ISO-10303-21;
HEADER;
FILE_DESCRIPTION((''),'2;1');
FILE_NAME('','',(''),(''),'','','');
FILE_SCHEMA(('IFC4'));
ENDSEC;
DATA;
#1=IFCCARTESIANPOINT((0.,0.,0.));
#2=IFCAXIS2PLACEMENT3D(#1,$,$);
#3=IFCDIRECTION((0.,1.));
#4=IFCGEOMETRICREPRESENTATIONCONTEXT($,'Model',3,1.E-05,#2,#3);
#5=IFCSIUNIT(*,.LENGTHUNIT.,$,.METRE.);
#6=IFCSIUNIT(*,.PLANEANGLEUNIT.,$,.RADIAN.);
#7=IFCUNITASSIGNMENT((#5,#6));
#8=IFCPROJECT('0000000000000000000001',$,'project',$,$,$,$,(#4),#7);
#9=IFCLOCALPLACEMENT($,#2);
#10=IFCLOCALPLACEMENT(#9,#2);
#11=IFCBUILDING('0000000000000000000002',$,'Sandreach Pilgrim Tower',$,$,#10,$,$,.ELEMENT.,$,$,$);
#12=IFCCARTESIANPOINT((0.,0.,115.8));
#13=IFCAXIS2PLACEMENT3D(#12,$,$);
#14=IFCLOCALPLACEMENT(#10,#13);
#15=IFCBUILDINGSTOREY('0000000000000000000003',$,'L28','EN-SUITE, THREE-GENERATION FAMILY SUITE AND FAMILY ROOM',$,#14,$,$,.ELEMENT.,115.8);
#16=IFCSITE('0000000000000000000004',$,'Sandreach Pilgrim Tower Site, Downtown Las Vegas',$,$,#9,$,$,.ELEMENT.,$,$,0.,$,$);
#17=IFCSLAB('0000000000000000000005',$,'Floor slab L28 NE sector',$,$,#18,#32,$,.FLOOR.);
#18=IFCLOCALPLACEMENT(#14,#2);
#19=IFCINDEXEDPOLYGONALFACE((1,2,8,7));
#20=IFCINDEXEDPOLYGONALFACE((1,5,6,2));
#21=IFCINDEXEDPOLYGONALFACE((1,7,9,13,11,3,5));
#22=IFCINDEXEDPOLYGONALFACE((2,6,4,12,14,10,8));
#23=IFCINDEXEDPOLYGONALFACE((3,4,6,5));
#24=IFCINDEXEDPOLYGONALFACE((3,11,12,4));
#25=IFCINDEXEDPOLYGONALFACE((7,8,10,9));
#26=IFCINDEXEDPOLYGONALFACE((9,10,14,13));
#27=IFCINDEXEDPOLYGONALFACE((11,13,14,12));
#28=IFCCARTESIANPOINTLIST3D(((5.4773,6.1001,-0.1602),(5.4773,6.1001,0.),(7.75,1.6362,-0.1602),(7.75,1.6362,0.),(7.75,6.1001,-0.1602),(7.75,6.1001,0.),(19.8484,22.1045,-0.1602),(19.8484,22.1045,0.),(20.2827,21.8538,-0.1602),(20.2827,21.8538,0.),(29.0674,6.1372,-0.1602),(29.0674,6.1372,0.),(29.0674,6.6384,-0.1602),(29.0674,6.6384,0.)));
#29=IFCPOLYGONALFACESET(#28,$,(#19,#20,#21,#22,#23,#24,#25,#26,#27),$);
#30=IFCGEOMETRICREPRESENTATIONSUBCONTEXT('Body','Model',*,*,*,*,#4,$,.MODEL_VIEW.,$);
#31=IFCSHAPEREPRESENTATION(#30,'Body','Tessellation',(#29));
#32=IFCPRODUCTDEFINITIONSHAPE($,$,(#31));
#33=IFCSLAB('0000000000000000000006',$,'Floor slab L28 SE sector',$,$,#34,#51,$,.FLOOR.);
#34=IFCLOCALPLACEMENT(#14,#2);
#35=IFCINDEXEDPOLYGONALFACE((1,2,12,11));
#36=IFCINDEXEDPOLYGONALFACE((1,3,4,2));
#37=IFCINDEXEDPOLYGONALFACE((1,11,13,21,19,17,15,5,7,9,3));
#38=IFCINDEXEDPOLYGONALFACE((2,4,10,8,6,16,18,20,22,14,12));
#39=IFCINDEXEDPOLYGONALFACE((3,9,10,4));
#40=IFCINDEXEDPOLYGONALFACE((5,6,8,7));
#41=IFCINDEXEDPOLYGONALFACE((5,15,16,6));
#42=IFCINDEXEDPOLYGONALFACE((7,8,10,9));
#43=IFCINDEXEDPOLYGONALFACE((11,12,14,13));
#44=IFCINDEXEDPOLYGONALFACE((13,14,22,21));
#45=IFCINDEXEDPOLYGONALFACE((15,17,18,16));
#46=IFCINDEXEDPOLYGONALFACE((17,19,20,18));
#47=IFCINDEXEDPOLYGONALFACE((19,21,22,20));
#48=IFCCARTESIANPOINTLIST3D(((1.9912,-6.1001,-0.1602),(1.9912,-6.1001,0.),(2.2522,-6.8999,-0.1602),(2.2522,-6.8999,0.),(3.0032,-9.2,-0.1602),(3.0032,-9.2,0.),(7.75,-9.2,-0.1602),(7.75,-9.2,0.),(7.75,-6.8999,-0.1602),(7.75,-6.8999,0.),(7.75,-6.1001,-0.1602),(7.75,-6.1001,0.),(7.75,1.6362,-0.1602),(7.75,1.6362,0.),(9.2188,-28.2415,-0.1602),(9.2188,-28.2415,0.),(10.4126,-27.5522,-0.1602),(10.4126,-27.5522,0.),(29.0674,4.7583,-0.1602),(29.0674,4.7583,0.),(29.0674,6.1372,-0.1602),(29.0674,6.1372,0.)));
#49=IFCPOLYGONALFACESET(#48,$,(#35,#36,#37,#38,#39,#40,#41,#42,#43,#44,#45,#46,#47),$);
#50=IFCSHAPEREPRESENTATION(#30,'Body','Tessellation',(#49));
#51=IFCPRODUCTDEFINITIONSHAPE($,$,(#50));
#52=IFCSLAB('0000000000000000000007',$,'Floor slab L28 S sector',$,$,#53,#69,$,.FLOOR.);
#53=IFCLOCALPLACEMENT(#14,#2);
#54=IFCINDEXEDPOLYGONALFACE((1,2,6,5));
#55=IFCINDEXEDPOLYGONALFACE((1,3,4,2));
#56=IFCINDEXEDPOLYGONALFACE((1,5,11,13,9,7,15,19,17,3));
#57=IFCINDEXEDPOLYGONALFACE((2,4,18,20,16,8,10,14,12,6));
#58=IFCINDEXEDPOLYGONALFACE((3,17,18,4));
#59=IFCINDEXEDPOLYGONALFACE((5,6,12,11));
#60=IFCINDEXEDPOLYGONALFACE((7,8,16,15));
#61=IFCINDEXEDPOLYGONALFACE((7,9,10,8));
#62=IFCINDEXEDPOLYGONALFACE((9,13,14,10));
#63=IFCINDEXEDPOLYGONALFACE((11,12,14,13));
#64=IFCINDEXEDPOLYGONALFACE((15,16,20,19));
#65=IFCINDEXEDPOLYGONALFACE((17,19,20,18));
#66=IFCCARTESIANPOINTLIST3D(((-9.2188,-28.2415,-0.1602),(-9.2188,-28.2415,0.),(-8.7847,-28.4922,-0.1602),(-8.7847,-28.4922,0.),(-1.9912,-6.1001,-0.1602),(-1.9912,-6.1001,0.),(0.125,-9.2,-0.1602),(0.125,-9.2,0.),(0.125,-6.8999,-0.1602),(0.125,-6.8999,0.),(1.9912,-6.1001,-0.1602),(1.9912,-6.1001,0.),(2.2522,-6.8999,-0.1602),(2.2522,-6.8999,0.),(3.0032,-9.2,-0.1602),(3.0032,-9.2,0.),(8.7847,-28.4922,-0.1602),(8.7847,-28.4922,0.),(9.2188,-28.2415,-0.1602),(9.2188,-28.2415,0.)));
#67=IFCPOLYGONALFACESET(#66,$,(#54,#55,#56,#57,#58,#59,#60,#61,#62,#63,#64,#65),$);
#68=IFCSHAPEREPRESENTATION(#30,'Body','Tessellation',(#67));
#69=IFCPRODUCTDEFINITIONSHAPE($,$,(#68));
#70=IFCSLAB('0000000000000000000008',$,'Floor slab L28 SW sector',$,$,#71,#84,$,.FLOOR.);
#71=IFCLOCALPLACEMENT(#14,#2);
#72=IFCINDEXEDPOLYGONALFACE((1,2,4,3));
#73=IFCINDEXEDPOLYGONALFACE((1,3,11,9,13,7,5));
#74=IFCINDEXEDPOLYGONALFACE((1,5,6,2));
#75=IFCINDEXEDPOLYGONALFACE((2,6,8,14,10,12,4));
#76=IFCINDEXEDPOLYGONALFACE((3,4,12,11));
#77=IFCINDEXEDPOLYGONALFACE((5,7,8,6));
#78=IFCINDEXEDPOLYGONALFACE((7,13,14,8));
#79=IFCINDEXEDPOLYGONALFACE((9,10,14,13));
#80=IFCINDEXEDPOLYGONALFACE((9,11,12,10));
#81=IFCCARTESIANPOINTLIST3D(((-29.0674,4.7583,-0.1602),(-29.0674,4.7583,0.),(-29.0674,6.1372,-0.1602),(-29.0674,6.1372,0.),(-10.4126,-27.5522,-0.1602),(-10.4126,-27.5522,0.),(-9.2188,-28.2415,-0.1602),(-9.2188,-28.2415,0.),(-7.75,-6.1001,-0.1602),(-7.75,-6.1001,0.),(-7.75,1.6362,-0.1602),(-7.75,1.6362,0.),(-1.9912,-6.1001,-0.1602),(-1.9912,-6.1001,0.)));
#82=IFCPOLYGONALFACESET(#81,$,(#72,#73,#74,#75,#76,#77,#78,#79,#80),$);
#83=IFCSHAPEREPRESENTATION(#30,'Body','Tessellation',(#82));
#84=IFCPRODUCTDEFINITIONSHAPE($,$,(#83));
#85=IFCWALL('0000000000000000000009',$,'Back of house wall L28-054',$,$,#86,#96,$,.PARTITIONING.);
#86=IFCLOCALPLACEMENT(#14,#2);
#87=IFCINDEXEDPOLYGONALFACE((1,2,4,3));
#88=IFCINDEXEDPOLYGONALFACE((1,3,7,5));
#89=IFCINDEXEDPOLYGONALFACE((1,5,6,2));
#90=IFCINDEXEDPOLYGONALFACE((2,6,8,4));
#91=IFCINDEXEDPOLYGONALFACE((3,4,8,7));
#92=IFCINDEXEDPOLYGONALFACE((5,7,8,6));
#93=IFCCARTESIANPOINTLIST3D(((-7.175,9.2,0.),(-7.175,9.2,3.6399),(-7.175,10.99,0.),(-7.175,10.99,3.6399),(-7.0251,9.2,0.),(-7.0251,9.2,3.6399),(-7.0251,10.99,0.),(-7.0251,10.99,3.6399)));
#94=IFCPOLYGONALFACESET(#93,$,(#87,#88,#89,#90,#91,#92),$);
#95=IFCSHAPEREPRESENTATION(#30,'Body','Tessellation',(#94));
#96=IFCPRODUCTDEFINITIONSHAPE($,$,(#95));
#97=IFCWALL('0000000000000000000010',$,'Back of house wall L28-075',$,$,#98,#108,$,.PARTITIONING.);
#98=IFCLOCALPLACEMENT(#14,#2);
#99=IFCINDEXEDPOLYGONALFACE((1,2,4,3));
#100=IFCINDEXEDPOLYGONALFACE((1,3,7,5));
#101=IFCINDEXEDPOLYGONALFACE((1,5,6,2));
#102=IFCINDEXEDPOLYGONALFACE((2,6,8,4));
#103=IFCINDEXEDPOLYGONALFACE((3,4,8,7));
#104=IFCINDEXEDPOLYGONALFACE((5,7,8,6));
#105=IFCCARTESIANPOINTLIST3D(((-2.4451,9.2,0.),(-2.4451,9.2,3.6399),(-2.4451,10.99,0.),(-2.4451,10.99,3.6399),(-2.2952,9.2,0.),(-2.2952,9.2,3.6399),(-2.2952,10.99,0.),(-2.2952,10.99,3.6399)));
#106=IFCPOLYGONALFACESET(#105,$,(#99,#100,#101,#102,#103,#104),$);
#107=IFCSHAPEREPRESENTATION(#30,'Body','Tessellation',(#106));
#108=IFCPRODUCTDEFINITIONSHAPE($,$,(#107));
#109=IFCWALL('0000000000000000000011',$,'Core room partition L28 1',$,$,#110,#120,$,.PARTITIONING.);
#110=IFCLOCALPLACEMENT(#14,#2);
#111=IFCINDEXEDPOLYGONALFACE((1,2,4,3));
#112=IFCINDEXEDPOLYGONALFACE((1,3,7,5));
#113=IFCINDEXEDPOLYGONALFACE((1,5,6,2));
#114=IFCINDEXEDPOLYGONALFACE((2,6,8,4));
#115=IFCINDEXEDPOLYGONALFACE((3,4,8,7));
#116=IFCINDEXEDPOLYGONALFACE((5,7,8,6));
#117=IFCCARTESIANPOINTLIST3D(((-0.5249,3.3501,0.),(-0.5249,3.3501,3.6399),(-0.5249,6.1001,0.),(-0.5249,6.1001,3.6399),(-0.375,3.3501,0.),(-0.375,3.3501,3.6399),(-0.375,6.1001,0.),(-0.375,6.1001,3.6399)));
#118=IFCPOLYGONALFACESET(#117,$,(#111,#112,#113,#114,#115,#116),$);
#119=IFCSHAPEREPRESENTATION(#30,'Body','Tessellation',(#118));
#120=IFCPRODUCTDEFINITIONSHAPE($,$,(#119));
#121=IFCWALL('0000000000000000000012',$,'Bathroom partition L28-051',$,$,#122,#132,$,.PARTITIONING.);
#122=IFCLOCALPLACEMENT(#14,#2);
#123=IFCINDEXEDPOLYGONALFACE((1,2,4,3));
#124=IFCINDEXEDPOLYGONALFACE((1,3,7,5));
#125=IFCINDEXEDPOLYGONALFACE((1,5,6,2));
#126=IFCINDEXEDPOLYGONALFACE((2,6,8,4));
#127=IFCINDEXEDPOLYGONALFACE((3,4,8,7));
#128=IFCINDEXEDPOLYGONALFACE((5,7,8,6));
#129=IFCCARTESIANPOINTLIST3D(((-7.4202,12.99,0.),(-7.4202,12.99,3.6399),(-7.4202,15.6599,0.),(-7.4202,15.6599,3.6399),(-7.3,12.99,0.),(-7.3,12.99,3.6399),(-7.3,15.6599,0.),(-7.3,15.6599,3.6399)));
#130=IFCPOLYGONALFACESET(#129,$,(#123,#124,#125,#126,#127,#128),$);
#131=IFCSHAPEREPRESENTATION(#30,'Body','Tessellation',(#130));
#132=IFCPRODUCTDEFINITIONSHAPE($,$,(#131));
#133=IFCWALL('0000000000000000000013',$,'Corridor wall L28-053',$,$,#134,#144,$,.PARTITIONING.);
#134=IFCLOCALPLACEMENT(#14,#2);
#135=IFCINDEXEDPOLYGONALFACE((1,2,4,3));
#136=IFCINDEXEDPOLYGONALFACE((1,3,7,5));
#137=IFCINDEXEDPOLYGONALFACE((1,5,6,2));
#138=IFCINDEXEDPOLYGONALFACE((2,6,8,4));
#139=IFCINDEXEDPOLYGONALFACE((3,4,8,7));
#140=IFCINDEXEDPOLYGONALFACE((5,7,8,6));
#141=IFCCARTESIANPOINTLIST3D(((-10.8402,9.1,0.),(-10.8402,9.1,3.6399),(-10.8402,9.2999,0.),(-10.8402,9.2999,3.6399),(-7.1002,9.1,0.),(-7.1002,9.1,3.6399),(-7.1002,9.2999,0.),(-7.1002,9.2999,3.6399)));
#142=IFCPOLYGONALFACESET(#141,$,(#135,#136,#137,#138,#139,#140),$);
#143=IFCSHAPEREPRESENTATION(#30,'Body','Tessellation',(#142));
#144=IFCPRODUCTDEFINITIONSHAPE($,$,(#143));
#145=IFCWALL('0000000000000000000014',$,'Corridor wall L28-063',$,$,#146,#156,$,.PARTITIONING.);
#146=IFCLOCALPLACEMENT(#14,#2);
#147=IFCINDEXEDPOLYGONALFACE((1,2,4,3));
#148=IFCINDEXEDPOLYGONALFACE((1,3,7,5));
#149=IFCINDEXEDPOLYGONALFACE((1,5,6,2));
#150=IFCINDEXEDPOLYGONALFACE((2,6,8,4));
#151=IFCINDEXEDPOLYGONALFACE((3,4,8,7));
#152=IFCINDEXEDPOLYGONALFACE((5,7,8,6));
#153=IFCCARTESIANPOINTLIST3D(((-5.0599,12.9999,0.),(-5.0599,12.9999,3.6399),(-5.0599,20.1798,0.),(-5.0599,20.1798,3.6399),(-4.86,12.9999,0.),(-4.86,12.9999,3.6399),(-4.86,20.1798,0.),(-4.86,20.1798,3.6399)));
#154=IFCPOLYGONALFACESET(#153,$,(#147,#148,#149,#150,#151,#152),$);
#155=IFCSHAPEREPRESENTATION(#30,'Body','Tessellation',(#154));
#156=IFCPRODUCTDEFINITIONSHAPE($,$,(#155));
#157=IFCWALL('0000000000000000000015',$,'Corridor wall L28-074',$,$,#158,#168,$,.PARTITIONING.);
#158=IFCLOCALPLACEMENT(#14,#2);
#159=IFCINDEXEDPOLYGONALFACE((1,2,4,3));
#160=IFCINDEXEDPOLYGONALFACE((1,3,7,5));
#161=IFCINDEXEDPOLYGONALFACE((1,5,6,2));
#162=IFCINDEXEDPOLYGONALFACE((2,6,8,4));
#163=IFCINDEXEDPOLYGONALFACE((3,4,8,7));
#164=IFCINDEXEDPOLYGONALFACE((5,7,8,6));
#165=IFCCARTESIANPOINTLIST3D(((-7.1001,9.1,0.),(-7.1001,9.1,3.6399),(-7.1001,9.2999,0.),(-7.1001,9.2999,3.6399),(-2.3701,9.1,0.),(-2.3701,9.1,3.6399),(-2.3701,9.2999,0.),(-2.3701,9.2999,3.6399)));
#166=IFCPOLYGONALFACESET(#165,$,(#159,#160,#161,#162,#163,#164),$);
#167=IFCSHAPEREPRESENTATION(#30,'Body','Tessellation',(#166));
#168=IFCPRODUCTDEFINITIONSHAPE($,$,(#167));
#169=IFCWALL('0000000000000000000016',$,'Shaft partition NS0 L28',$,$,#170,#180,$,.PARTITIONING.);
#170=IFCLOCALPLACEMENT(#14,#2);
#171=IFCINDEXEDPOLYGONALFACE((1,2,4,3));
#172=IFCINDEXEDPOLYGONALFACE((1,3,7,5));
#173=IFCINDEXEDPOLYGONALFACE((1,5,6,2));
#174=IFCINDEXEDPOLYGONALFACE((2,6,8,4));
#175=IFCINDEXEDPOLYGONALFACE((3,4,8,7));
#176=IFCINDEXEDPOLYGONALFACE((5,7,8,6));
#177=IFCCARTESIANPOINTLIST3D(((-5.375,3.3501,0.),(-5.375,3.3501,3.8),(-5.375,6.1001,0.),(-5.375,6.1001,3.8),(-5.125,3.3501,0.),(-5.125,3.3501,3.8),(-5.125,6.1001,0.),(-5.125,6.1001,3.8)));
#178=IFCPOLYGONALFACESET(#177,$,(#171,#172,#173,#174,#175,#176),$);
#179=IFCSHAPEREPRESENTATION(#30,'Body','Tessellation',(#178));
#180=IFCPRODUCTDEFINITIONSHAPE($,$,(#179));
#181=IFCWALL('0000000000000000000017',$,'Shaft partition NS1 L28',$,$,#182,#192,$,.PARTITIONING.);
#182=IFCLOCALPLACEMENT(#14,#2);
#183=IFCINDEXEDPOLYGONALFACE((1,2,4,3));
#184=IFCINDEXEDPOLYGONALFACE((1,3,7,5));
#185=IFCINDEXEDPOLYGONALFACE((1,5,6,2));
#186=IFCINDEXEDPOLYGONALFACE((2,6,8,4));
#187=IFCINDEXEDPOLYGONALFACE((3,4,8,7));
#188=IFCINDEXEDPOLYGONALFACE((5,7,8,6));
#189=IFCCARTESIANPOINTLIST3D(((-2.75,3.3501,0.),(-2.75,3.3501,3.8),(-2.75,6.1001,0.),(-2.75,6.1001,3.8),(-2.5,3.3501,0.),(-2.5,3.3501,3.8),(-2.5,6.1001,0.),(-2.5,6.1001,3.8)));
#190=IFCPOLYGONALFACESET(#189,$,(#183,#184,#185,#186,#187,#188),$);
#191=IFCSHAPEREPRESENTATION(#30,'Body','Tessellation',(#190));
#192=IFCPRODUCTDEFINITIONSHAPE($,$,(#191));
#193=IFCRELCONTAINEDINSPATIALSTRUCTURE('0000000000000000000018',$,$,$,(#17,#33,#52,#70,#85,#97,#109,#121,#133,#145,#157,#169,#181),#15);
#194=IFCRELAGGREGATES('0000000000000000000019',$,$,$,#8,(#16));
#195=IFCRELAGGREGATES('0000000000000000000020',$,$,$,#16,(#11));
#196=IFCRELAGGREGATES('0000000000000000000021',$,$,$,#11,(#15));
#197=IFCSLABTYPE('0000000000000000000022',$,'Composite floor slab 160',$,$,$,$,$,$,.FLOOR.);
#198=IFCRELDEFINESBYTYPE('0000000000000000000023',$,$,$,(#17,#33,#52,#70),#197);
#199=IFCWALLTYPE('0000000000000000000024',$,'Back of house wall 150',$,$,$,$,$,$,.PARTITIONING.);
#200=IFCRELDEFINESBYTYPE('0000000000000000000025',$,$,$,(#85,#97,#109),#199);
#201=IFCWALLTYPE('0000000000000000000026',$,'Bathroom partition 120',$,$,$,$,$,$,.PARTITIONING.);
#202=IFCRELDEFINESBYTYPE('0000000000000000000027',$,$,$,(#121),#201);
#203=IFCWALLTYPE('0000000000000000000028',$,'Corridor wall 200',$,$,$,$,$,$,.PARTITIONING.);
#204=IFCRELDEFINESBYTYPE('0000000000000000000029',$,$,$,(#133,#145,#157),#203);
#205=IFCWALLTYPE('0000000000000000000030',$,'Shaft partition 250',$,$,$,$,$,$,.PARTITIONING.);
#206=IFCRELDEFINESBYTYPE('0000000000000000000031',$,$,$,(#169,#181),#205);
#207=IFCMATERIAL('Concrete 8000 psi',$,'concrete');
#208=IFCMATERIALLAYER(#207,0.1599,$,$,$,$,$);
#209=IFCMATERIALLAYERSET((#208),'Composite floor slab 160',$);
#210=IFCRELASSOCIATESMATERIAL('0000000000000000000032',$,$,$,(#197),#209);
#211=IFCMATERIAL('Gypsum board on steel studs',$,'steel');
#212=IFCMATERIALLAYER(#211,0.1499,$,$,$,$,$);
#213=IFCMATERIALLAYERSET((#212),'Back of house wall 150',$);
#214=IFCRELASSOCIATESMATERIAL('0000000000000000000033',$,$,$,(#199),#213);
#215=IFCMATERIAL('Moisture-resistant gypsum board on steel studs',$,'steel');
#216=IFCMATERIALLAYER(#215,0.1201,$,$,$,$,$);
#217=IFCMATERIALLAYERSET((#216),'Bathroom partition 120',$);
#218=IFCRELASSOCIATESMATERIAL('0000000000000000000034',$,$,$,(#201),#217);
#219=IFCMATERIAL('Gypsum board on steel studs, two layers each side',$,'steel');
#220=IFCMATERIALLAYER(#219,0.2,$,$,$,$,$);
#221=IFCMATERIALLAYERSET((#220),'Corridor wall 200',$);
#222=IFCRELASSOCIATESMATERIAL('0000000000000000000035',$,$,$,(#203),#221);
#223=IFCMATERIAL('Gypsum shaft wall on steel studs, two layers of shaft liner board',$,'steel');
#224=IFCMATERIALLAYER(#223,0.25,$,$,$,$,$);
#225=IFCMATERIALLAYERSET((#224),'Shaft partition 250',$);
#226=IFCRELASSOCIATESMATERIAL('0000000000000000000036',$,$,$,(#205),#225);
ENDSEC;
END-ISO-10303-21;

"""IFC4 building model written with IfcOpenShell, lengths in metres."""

from ifc_helpers import new_model, si_unit, direction, frame, frame_2d, origin, place, context, subcontext, project, spatial, polyline, rectangle, outline, extrude, material, layer, layer_set, type_object, element, save


model = new_model("IFC4")

# Units and contexts
model_context = context("Model", 3, precision=1e-05, world=origin(), true_north=direction((0.0, 1.0)))
body_context = subcontext(model_context, "Body", "Model", "MODEL_VIEW")
ifc_project = project(units=[si_unit("LENGTHUNIT", "METRE"), si_unit("PLANEANGLEUNIT", "RADIAN")], contexts=[model_context])

# Site, building, storey
site_placement = place(None, origin())
site = spatial("IfcSite", under=ifc_project, at=site_placement, Name="Sandreach Pilgrim Tower Site, Downtown Las Vegas", CompositionType="ELEMENT", RefElevation=0.0)
building_placement = place(site_placement, origin())
building = spatial("IfcBuilding", under=site, at=building_placement, Name="Sandreach Pilgrim Tower", CompositionType="ELEMENT")
storey_placement = place(building_placement, frame((0.0, 0.0, 115.8)))
storey = spatial("IfcBuildingStorey", under=building, at=storey_placement, Name="L28", Description="EN-SUITE, THREE-GENERATION FAMILY SUITE AND FAMILY ROOM", CompositionType="ELEMENT", Elevation=115.8)

# Slabs
ifc_material_1 = material(Name="Concrete 8000 psi", Category="concrete")
ifc_layer_1 = layer(ifc_material_1, 0.1599)
ifc_layer_set_1 = layer_set([ifc_layer_1], Name="Composite floor slab 160")
slab_type = type_object("IfcSlabType", Name="Composite floor slab 160", PredefinedType="FLOOR", material=ifc_layer_set_1)
slab_1_placement = place(storey_placement, frame((0.0, 0.0, -0.1602)))
element("IfcSlab", 1, at=slab_1_placement, inside=storey, type_object=slab_type, Name="Floor slab L28 NE sector", PredefinedType="FLOOR", context=body_context, shape_type="SweptSolid", body=[
    extrude(outline(polyline([(20.2827, 21.8538), (29.0674, 6.6384), (29.0674, 6.1372), (7.75, 1.6362), (7.75, 6.1001), (5.4773, 6.1001), (19.8484, 22.1045), (20.2827, 21.8538)])), origin(), (0.0, 0.0, 1.0), 0.1602),
])
slab_2_placement = place(storey_placement, frame((0.0, 0.0, -0.1602)))
element("IfcSlab", 2, at=slab_2_placement, inside=storey, type_object=slab_type, Name="Floor slab L28 SE sector", PredefinedType="FLOOR", context=body_context, shape_type="SweptSolid", body=[
    extrude(outline(polyline([(29.0674, 4.7583), (10.4126, -27.5522), (9.2188, -28.2415), (3.0032, -9.2), (7.75, -9.2), (7.75, -6.8999), (2.2522, -6.8999), (1.9912, -6.1001), (7.75, -6.1001), (7.75, 1.6362), (29.0674, 6.1372), (29.0674, 4.7583)])), origin(), (0.0, 0.0, 1.0), 0.1602),
])
slab_3_placement = place(storey_placement, frame((0.0, 0.0, -0.1602)))
element("IfcSlab", 3, at=slab_3_placement, inside=storey, type_object=slab_type, Name="Floor slab L28 S sector", PredefinedType="FLOOR", context=body_context, shape_type="SweptSolid", body=[
    extrude(outline(polyline([(8.7847, -28.4922), (-8.7847, -28.4922), (-9.2188, -28.2415), (-1.9912, -6.1001), (1.9912, -6.1001), (2.2522, -6.8999), (0.125, -6.8999), (0.125, -9.2), (3.0032, -9.2), (9.2188, -28.2415), (8.7847, -28.4922)])), origin(), (0.0, 0.0, 1.0), 0.1602),
])
slab_4_placement = place(storey_placement, frame((0.0, 0.0, -0.1602)))
element("IfcSlab", 4, at=slab_4_placement, inside=storey, type_object=slab_type, Name="Floor slab L28 SW sector", PredefinedType="FLOOR", context=body_context, shape_type="SweptSolid", body=[
    extrude(outline(polyline([(-10.4126, -27.5522), (-29.0674, 4.7583), (-29.0674, 6.1372), (-7.75, 1.6362), (-7.75, -6.1001), (-1.9912, -6.1001), (-9.2188, -28.2415), (-10.4126, -27.5522)])), origin(), (0.0, 0.0, 1.0), 0.1602),
])

# Walls
ifc_material_2 = material(Name="Gypsum board on steel studs", Category="steel")
ifc_layer_2 = layer(ifc_material_2, 0.1499)
ifc_layer_set_2 = layer_set([ifc_layer_2], Name="Back of house wall 150")
wall_type_1 = type_object("IfcWallType", Name="Back of house wall 150", PredefinedType="PARTITIONING", material=ifc_layer_set_2)
for number, where, z_axis, x_axis, name in (
    (5, (-7.1001, 10.99, 0.0), (0.0, 0.0, 1.0), (0.0, -1.0, 0.0), "Back of house wall L28-054"),
    (6, (-2.3701, 10.99, 0.0), (0.0, 0.0, 1.0), (0.0, -1.0, 0.0), "Back of house wall L28-075"),
):
    element("IfcWall", number, at=place(storey_placement, frame(where, z_axis=z_axis, x_axis=x_axis)), inside=storey, type_object=wall_type_1, Name=name, PredefinedType="PARTITIONING", context=body_context, shape_type="SweptSolid", body=[
        extrude(rectangle(XDim=1.79, YDim=0.1499, at=frame_2d((0.895, 0.0))), origin(), (0.0, 0.0, 1.0), 3.6399),
    ])
wall_1_placement = place(storey_placement, frame((-0.45, 3.3501, 0.0), z_axis=(0.0, 0.0, 1.0), x_axis=(0.0, 1.0, 0.0)))
element("IfcWall", 7, at=wall_1_placement, inside=storey, type_object=wall_type_1, Name="Core room partition L28 1", PredefinedType="PARTITIONING", context=body_context, shape_type="SweptSolid", body=[
    extrude(rectangle(XDim=2.75, YDim=0.1499, at=frame_2d((1.375, 0.0))), origin(), (0.0, 0.0, 1.0), 3.6399),
])
ifc_material_3 = material(Name="Moisture-resistant gypsum board on steel studs", Category="steel")
ifc_layer_3 = layer(ifc_material_3, 0.1201)
ifc_layer_set_3 = layer_set([ifc_layer_3], Name="Bathroom partition 120")
wall_type_2 = type_object("IfcWallType", Name="Bathroom partition 120", PredefinedType="PARTITIONING", material=ifc_layer_set_3)
wall_2_placement = place(storey_placement, frame((-7.3601, 15.6599, 0.0), z_axis=(0.0, 0.0, 1.0), x_axis=(0.0, -1.0, 0.0)))
element("IfcWall", 8, at=wall_2_placement, inside=storey, type_object=wall_type_2, Name="Bathroom partition L28-051", PredefinedType="PARTITIONING", context=body_context, shape_type="SweptSolid", body=[
    extrude(rectangle(XDim=2.6699, YDim=0.1201, at=frame_2d((1.335, 0.0))), origin(), (0.0, 0.0, 1.0), 3.6399),
])

# Wall
ifc_material_4 = material(Name="Gypsum board on steel studs, two layers each side", Category="steel")
ifc_layer_4 = layer(ifc_material_4, 0.2)
ifc_layer_set_4 = layer_set([ifc_layer_4], Name="Corridor wall 200")
wall_type_3 = type_object("IfcWallType", Name="Corridor wall 200", PredefinedType="PARTITIONING", material=ifc_layer_set_4)
wall_3_placement = place(storey_placement, frame((-7.1001, 9.2, 0.0), z_axis=(0.0, 0.0, 1.0), x_axis=(-1.0, 0.0, 0.0)))
element("IfcWall", 9, at=wall_3_placement, inside=storey, type_object=wall_type_3, Name="Corridor wall L28-053", PredefinedType="PARTITIONING", context=body_context, shape_type="SweptSolid", body=[
    extrude(rectangle(XDim=3.74, YDim=0.2, at=frame_2d((1.8701, 0.0))), origin(), (0.0, 0.0, 1.0), 3.6399),
])

# Walls
wall_4_placement = place(storey_placement, frame((-4.96, 13.0, 0.0), z_axis=(0.0, 0.0, 1.0), x_axis=(0.0, 1.0, 0.0)))
element("IfcWall", 10, at=wall_4_placement, inside=storey, type_object=wall_type_3, Name="Corridor wall L28-063", PredefinedType="PARTITIONING", context=body_context, shape_type="SweptSolid", body=[
    extrude(rectangle(XDim=7.1799, YDim=0.2, at=frame_2d((3.5898, 0.0))), origin(), (0.0, 0.0, 1.0), 3.6399),
])
wall_5_placement = place(storey_placement, frame((-2.3701, 9.2, 0.0), z_axis=(0.0, 0.0, 1.0), x_axis=(-1.0, 0.0, 0.0)))
element("IfcWall", 11, at=wall_5_placement, inside=storey, type_object=wall_type_3, Name="Corridor wall L28-074", PredefinedType="PARTITIONING", context=body_context, shape_type="SweptSolid", body=[
    extrude(rectangle(XDim=4.73, YDim=0.2, at=frame_2d((2.365, 0.0))), origin(), (0.0, 0.0, 1.0), 3.6399),
])

# Walls
ifc_material_5 = material(Name="Gypsum shaft wall on steel studs, two layers of shaft liner board", Category="steel")
ifc_layer_5 = layer(ifc_material_5, 0.25)
ifc_layer_set_5 = layer_set([ifc_layer_5], Name="Shaft partition 250")
wall_type_4 = type_object("IfcWallType", Name="Shaft partition 250", PredefinedType="PARTITIONING", material=ifc_layer_set_5)
for number, where, z_axis, x_axis, name in (
    (12, (-5.25, 3.3501, 0.0), (0.0, 0.0, 1.0), (0.0, 1.0, 0.0), "Shaft partition NS0 L28"),
    (13, (-2.625, 3.3501, 0.0), (0.0, 0.0, 1.0), (0.0, 1.0, 0.0), "Shaft partition NS1 L28"),
):
    element("IfcWall", number, at=place(storey_placement, frame(where, z_axis=z_axis, x_axis=x_axis)), inside=storey, type_object=wall_type_4, Name=name, PredefinedType="PARTITIONING", context=body_context, shape_type="SweptSolid", body=[
        extrude(rectangle(XDim=2.75, YDim=0.25, at=frame_2d((1.375, 0.0))), origin(), (0.0, 0.0, 1.0), 3.8),
    ])

save(model, "model.ifc")
